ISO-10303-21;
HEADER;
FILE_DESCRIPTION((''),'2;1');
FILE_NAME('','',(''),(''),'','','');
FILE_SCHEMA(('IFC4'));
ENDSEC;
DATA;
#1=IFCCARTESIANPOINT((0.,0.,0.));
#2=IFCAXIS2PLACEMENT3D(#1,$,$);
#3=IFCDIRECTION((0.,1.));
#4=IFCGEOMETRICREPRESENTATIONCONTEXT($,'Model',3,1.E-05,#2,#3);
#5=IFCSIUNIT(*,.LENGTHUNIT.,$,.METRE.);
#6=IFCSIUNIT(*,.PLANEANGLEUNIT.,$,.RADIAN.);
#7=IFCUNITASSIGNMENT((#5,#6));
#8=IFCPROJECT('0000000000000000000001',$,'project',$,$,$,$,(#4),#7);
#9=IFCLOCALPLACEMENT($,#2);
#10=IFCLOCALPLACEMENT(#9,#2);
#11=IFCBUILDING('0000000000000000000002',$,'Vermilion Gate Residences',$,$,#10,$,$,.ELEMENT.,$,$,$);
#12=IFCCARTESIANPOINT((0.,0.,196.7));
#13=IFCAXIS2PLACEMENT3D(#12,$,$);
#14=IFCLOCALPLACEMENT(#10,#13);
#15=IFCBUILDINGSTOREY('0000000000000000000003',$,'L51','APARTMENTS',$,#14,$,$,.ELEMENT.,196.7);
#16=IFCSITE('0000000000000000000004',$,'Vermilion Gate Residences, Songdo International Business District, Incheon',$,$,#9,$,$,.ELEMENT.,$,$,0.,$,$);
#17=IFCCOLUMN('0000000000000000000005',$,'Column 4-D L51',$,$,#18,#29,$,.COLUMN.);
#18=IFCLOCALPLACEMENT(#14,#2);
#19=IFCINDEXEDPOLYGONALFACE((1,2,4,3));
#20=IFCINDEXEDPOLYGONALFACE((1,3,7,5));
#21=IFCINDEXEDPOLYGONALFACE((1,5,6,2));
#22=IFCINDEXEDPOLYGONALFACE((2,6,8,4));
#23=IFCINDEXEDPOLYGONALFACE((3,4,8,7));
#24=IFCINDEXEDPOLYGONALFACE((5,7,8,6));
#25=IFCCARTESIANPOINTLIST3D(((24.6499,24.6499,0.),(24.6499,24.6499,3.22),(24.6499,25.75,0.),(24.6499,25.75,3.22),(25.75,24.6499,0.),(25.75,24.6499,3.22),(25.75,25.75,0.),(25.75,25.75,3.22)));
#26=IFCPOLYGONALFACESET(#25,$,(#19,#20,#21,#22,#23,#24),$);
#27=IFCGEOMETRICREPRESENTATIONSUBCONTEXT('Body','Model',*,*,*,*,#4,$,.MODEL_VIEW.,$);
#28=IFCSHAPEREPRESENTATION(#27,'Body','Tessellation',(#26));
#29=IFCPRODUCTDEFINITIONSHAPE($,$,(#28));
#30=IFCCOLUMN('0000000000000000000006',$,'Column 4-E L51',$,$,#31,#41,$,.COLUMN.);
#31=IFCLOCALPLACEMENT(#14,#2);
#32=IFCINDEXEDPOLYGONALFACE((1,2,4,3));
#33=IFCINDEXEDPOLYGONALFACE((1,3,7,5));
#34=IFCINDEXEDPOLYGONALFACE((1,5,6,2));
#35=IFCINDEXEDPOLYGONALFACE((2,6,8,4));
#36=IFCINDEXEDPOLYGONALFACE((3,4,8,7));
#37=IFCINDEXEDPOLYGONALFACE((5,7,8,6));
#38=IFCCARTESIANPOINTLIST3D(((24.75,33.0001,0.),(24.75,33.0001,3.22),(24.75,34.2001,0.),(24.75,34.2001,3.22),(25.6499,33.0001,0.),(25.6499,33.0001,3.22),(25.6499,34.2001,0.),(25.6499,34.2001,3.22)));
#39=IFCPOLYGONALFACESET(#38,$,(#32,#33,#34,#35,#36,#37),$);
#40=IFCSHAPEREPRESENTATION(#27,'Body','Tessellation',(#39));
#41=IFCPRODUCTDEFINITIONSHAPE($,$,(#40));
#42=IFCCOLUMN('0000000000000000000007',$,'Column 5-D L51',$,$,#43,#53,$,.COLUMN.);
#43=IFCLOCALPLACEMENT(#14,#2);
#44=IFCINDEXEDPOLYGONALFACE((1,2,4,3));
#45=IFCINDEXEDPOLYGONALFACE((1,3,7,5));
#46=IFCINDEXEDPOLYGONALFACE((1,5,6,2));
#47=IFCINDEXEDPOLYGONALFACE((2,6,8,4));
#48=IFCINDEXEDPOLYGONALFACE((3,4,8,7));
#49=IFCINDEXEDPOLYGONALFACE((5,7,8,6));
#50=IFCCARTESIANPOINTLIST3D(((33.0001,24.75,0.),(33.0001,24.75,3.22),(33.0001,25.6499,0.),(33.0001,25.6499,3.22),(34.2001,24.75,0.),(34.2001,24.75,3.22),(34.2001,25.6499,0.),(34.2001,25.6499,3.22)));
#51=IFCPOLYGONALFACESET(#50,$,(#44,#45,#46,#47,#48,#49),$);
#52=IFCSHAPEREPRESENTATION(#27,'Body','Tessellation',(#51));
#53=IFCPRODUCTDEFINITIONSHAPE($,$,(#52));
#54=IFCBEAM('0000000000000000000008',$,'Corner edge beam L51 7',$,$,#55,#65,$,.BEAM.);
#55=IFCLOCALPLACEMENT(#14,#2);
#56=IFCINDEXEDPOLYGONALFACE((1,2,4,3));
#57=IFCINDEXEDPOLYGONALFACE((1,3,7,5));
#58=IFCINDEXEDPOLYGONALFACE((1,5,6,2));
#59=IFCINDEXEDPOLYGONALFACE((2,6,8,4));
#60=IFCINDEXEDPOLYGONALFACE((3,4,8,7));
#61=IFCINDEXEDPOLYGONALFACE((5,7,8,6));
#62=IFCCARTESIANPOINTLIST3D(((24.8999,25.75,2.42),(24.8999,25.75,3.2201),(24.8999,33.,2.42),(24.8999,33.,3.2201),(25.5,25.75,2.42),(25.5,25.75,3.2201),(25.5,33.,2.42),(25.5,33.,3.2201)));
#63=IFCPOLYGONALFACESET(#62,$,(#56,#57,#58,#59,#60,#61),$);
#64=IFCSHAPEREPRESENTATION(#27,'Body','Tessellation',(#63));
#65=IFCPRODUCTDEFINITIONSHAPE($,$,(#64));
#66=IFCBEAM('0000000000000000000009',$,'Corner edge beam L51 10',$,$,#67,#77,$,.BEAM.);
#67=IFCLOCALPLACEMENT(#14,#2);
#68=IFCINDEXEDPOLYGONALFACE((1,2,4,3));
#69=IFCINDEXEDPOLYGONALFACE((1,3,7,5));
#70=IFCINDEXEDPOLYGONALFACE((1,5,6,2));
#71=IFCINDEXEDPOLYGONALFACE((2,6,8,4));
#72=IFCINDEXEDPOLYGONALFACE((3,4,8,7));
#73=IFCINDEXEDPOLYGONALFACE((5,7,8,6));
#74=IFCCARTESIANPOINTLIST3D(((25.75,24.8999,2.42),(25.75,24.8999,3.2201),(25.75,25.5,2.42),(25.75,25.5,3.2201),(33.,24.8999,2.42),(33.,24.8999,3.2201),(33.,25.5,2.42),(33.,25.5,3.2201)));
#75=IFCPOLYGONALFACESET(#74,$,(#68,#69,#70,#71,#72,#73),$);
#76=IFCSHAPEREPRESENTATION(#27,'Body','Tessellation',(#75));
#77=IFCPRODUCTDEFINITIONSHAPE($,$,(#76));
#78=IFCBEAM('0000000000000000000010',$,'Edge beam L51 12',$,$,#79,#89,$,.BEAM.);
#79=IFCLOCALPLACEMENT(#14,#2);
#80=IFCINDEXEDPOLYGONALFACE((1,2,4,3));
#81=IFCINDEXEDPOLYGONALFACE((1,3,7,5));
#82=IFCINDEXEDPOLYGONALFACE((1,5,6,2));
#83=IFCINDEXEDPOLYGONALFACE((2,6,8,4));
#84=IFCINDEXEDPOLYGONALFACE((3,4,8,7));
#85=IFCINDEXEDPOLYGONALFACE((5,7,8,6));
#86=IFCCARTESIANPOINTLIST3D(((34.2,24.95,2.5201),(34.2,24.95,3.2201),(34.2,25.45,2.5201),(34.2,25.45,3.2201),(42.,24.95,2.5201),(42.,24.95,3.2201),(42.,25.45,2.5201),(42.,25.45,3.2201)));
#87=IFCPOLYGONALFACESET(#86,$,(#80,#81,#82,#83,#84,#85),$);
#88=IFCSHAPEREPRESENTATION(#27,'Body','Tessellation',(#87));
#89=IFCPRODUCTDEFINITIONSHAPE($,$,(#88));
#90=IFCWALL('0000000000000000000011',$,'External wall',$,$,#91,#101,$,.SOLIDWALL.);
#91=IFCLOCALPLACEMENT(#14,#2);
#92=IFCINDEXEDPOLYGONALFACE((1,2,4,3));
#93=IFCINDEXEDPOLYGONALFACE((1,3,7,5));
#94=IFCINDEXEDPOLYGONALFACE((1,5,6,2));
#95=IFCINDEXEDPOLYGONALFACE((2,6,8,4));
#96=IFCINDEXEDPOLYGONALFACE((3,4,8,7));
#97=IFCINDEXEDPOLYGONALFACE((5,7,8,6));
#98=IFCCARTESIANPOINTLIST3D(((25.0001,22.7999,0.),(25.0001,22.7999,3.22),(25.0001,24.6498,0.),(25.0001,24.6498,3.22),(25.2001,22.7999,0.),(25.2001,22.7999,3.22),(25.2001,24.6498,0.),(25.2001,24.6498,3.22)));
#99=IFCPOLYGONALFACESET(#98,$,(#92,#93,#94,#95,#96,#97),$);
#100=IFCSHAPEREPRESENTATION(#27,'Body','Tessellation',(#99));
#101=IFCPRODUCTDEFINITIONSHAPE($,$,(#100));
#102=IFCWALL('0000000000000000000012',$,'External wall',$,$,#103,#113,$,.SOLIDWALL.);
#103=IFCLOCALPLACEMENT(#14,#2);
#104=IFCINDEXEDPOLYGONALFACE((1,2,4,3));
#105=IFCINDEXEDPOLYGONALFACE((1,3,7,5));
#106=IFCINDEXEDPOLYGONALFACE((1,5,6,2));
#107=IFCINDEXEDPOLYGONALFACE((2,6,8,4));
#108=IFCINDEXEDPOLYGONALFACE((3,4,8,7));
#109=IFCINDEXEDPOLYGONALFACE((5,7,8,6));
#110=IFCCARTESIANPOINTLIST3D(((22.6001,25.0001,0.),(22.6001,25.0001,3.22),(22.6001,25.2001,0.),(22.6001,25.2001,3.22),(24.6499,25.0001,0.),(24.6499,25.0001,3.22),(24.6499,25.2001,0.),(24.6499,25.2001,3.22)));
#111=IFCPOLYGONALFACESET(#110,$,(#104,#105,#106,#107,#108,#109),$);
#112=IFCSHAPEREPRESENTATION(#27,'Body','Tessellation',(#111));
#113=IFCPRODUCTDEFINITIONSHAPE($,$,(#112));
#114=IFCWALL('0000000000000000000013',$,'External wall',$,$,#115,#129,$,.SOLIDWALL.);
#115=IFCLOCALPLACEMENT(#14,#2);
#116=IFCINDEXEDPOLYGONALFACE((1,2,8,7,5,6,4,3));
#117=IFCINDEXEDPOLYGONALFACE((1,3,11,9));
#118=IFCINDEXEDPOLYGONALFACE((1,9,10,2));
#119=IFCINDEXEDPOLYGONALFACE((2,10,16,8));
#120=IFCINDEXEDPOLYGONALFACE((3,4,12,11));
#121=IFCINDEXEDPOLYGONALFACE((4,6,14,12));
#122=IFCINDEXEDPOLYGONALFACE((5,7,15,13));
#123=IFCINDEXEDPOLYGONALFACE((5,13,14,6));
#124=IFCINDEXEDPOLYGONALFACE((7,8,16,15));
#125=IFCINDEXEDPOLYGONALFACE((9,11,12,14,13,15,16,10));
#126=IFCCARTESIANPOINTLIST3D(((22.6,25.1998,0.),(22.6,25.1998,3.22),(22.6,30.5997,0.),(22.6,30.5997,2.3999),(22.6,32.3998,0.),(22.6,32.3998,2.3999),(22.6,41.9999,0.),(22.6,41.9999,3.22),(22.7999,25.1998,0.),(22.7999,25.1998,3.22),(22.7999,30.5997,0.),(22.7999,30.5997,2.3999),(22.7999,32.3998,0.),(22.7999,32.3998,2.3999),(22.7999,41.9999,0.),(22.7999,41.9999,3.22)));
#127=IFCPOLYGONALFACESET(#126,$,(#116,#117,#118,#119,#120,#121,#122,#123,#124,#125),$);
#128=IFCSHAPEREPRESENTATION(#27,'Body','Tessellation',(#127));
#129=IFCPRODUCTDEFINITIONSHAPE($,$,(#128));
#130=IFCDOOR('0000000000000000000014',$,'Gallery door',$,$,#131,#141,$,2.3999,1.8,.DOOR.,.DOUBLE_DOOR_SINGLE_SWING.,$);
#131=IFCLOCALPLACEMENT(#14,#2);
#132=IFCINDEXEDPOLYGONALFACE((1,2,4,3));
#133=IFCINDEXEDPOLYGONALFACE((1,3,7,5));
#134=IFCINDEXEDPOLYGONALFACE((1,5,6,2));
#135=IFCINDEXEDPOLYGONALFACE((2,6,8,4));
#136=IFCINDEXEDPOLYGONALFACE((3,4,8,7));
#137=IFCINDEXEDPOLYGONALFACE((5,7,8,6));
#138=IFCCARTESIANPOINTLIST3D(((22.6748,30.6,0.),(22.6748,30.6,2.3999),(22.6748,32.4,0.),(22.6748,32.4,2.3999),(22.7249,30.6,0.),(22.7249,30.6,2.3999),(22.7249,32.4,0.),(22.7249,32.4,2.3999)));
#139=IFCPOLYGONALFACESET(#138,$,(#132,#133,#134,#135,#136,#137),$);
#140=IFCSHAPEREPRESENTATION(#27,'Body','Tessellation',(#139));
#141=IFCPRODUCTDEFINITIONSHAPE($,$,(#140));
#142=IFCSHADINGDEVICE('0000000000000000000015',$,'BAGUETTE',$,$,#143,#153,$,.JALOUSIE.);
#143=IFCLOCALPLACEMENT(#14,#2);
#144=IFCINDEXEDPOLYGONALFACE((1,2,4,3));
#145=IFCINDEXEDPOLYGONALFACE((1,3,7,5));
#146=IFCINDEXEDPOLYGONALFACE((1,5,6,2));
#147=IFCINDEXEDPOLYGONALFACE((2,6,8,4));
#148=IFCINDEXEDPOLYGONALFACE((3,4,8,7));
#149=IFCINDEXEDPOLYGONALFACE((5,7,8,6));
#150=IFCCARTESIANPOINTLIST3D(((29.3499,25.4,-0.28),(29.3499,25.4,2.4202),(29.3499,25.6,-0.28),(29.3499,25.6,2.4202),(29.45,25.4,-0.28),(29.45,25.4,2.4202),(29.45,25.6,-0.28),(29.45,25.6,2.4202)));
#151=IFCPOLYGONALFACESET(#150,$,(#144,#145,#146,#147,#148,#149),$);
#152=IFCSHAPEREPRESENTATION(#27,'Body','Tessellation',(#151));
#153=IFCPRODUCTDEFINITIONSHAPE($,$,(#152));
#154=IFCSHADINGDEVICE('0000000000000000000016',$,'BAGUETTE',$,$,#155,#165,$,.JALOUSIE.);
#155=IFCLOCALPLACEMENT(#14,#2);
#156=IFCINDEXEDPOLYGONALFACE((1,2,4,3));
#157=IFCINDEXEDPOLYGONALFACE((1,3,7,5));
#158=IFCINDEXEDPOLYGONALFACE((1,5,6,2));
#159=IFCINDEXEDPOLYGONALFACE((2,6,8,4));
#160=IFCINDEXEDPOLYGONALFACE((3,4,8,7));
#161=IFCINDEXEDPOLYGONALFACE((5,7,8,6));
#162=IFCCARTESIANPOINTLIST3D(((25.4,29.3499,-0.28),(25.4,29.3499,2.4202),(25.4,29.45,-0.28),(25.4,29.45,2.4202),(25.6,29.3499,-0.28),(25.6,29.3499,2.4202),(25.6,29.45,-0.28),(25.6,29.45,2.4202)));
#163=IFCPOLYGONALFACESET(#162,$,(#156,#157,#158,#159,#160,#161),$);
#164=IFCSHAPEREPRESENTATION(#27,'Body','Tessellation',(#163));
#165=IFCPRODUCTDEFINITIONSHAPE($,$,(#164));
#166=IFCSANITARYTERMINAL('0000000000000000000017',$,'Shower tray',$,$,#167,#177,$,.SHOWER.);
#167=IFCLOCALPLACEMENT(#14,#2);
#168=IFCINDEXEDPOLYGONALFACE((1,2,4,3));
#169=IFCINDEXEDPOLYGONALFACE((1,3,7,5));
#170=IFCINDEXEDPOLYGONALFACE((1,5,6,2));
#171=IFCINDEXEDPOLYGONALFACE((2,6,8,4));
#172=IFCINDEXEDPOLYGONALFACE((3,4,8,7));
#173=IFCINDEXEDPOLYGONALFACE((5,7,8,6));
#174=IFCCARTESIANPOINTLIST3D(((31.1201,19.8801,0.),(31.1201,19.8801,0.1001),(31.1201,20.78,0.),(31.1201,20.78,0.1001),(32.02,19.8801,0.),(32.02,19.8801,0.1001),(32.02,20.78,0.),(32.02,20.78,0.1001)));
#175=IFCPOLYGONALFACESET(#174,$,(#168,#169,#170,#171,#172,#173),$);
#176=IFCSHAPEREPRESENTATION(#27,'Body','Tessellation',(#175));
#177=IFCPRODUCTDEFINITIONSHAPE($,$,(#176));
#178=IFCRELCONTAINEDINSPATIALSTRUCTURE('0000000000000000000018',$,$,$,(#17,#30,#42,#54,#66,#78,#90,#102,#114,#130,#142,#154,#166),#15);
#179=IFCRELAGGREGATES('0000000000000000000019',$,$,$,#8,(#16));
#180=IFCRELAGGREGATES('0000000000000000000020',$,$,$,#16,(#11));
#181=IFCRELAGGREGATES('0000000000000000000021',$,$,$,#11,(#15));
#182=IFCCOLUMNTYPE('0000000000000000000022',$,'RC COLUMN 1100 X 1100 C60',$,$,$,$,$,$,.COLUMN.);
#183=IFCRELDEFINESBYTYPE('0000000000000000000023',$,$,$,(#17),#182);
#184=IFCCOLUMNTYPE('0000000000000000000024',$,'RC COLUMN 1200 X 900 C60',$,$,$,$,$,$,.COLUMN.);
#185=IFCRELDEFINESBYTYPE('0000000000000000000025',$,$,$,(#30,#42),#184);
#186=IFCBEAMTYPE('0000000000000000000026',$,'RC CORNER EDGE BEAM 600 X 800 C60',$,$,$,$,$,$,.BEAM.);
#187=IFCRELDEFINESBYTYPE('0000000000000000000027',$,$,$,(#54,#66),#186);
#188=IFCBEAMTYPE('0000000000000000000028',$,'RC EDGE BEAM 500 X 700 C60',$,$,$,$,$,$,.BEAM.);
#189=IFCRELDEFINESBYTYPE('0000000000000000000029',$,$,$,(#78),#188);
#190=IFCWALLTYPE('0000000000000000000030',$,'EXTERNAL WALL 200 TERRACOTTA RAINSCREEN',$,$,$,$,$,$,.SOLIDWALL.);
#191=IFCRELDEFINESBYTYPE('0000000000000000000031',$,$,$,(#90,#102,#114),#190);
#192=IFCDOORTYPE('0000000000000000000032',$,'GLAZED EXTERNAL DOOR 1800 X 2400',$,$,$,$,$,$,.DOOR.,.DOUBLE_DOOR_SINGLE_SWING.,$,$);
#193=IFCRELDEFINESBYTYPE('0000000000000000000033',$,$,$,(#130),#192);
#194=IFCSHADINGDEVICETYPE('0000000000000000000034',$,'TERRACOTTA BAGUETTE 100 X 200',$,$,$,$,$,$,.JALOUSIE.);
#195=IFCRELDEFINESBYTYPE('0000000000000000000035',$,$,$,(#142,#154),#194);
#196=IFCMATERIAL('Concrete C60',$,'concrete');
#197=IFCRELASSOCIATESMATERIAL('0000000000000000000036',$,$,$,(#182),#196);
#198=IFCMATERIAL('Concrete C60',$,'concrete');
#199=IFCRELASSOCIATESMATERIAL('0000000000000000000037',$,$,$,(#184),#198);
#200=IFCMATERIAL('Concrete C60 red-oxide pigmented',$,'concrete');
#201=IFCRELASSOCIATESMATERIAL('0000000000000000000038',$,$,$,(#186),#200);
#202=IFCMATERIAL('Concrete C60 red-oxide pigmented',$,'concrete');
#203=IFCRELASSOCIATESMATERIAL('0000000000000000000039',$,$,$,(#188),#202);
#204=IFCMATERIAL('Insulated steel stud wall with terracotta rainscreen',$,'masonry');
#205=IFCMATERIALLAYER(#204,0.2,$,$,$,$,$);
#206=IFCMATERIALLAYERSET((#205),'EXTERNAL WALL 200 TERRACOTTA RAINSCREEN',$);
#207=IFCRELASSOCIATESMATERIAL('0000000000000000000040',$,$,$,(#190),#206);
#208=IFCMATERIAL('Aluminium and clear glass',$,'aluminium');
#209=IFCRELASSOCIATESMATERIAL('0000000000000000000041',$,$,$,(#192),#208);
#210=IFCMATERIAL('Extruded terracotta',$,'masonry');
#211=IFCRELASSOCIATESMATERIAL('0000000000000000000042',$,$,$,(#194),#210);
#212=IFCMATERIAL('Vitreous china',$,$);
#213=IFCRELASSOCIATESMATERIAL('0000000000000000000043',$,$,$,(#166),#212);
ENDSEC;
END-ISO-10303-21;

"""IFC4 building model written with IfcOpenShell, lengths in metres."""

from ifc_helpers import new_model, si_unit, direction, frame, frame_2d, origin, origin_2d, place, context, subcontext, project, spatial, rectangle, extrude, material, layer, layer_set, material_profile, profile_set, type_object, element, fill, save


model = new_model("IFC4")

# Units and contexts
model_context = context("Model", 3, precision=1e-05, world=origin(), true_north=direction((0.0, 1.0)))
body_context = subcontext(model_context, "Body", "Model", "MODEL_VIEW")
ifc_project = project(units=[si_unit("LENGTHUNIT", "METRE"), si_unit("PLANEANGLEUNIT", "RADIAN")], contexts=[model_context])

# Site, building, storey
site_placement = place(None, origin())
site = spatial("IfcSite", under=ifc_project, at=site_placement, Name="Vermilion Gate Residences, Songdo International Business District, Incheon", CompositionType="ELEMENT", RefElevation=0.0)
building_placement = place(site_placement, origin())
building = spatial("IfcBuilding", under=site, at=building_placement, Name="Vermilion Gate Residences", CompositionType="ELEMENT")
storey_placement = place(building_placement, frame((0.0, 0.0, 196.7)))
storey = spatial("IfcBuildingStorey", under=building, at=storey_placement, Name="L51", Description="APARTMENTS", CompositionType="ELEMENT", Elevation=196.7)

# Columns
ifc_material_1 = material(Name="Concrete C60", Category="concrete")
ifc_material_profile_1 = material_profile(ifc_material_1, rectangle(XDim=1.1001, YDim=1.1001, at=origin_2d()), Name="RC-1100x1100")
ifc_profile_set_1 = profile_set([ifc_material_profile_1], Name="Concrete C60")
column_type_1 = type_object("IfcColumnType", Name="RC COLUMN 1100 X 1100 C60", PredefinedType="COLUMN", material=ifc_profile_set_1)
column_placement = place(storey_placement, frame((25.2, 25.2, 0.0), z_axis=(0.0, 0.0, 1.0), x_axis=(1.0, 0.0, 0.0)))
element("IfcColumn", 1, at=column_placement, inside=storey, type_object=column_type_1, Name="Column 4-D L51", PredefinedType="COLUMN", context=body_context, shape_type="SweptSolid", body=[
    extrude(rectangle(XDim=1.1001, YDim=1.1001, at=origin_2d()), origin(), (0.0, 0.0, 1.0), 3.22),
])
ifc_material_2 = material(Name="Concrete C60", Category="concrete")
ifc_material_profile_2 = material_profile(ifc_material_2, rectangle(XDim=1.2, YDim=0.8999, at=origin_2d()), Name="RC-1200x900")
ifc_profile_set_2 = profile_set([ifc_material_profile_2], Name="Concrete C60")
column_type_2 = type_object("IfcColumnType", Name="RC COLUMN 1200 X 900 C60", PredefinedType="COLUMN", material=ifc_profile_set_2)
for number, where, z_axis, x_axis, name in (
    (2, (25.2, 33.6001, 0.0), (0.0, 0.0, 1.0), (0.0, 1.0, 0.0), "Column 4-E L51"),
    (3, (33.6001, 25.2, 0.0), (0.0, 0.0, 1.0), (1.0, 0.0, 0.0), "Column 5-D L51"),
):
    element("IfcColumn", number, at=place(storey_placement, frame(where, z_axis=z_axis, x_axis=x_axis)), inside=storey, type_object=column_type_2, Name=name, PredefinedType="COLUMN", context=body_context, shape_type="SweptSolid", body=[
        extrude(rectangle(XDim=1.2, YDim=0.8999, at=origin_2d()), origin(), (0.0, 0.0, 1.0), 3.22),
    ])

# Beams
ifc_material_3 = material(Name="Concrete C60 red-oxide pigmented", Category="concrete")
ifc_material_profile_3 = material_profile(ifc_material_3, rectangle(XDim=0.6001, YDim=0.8, at=origin_2d()), Name="RC-600x800")
ifc_profile_set_3 = profile_set([ifc_material_profile_3], Name="Concrete C60 red-oxide pigmented")
beam_type_1 = type_object("IfcBeamType", Name="RC CORNER EDGE BEAM 600 X 800 C60", PredefinedType="BEAM", material=ifc_profile_set_3)
for number, where, z_axis, x_axis, name in (
    (4, (25.2, 25.75, 2.8201), (0.0, 1.0, 0.0), (-1.0, 0.0, 0.0), "Corner edge beam L51 7"),
    (5, (25.75, 25.2, 2.8201), (1.0, 0.0, 0.0), (0.0, 1.0, 0.0), "Corner edge beam L51 10"),
):
    element("IfcBeam", number, at=place(storey_placement, frame(where, z_axis=z_axis, x_axis=x_axis)), inside=storey, type_object=beam_type_1, Name=name, PredefinedType="BEAM", context=body_context, shape_type="SweptSolid", body=[
        extrude(rectangle(XDim=0.6001, YDim=0.8, at=origin_2d()), origin(), (0.0, 0.0, 1.0), 7.25),
    ])
ifc_material_4 = material(Name="Concrete C60 red-oxide pigmented", Category="concrete")
ifc_material_profile_4 = material_profile(ifc_material_4, rectangle(XDim=0.5, YDim=0.7, at=origin_2d()), Name="RC-500x700")
ifc_profile_set_4 = profile_set([ifc_material_profile_4], Name="Concrete C60 red-oxide pigmented")
beam_type_2 = type_object("IfcBeamType", Name="RC EDGE BEAM 500 X 700 C60", PredefinedType="BEAM", material=ifc_profile_set_4)
beam_placement = place(storey_placement, frame((34.2, 25.2, 2.8701), z_axis=(1.0, 0.0, 0.0), x_axis=(0.0, 1.0, 0.0)))
element("IfcBeam", 6, at=beam_placement, inside=storey, type_object=beam_type_2, Name="Edge beam L51 12", PredefinedType="BEAM", context=body_context, shape_type="SweptSolid", body=[
    extrude(rectangle(XDim=0.5, YDim=0.7, at=origin_2d()), origin(), (0.0, 0.0, 1.0), 7.8),
])

# Walls
ifc_material_5 = material(Name="Insulated steel stud wall with terracotta rainscreen", Category="masonry")
ifc_layer = layer(ifc_material_5, 0.2)
ifc_layer_set = layer_set([ifc_layer], Name="EXTERNAL WALL 200 TERRACOTTA RAINSCREEN")
wall_type = type_object("IfcWallType", Name="EXTERNAL WALL 200 TERRACOTTA RAINSCREEN", PredefinedType="SOLIDWALL", material=ifc_layer_set)
wall_1_placement = place(storey_placement, frame((25.1001, 22.8, 0.0), z_axis=(0.0, 0.0, 1.0), x_axis=(0.0, 1.0, 0.0)))
element("IfcWall", 7, at=wall_1_placement, inside=storey, type_object=wall_type, Name="External wall", PredefinedType="SOLIDWALL", context=body_context, shape_type="SweptSolid", body=[
    extrude(rectangle(XDim=1.8499, YDim=0.2, at=frame_2d((0.9248, 0.0))), origin(), (0.0, 0.0, 1.0), 3.22),
])
wall_2_placement = place(storey_placement, frame((24.6499, 25.1001, 0.0), z_axis=(0.0, 0.0, 1.0), x_axis=(-1.0, 0.0, 0.0)))
element("IfcWall", 8, at=wall_2_placement, inside=storey, type_object=wall_type, Name="External wall", PredefinedType="SOLIDWALL", context=body_context, shape_type="SweptSolid", body=[
    extrude(rectangle(XDim=2.0498, YDim=0.2, at=frame_2d((1.0249, 0.0))), origin(), (0.0, 0.0, 1.0), 3.22),
])

# Wall, opening, door
wall_3_placement = place(storey_placement, frame((22.7, 25.2, 0.0), z_axis=(0.0, 0.0, 1.0), x_axis=(0.0, 1.0, 0.0)))
wall_3 = element("IfcWall", 9, at=wall_3_placement, inside=storey, type_object=wall_type, Name="External wall", PredefinedType="SOLIDWALL", context=body_context, shape_type="SweptSolid", body=[
    extrude(rectangle(XDim=16.8, YDim=0.2, at=frame_2d((8.3999, 0.0))), origin(), (0.0, 0.0, 1.0), 3.22),
])
opening_placement = place(wall_3_placement, frame((5.3999, 0.0, 0.0)))
opening = element("IfcOpeningElement", 10, at=opening_placement, cuts=wall_3, PredefinedType="OPENING", context=body_context, shape_type="SweptSolid", body=[
    extrude(rectangle(XDim=1.8, YDim=2.3999, at=frame_2d((0.8999, 1.2))), frame((0.0, 0.1099, 0.0), z_axis=(0.0, -1.0, 0.0), x_axis=(1.0, 0.0, 0.0)), (0.0, 0.0, 1.0), 0.22),
])
ifc_material_6 = material(Name="Aluminium and clear glass", Category="aluminium")
door_type = type_object("IfcDoorType", Name="GLAZED EXTERNAL DOOR 1800 X 2400", OperationType="DOUBLE_DOOR_SINGLE_SWING", PredefinedType="DOOR", material=ifc_material_6)
door_placement = place(opening_placement, frame((1.8, 0.0, 0.0), z_axis=(0.0, 0.0, 1.0), x_axis=(-1.0, 0.0, 0.0)))
door = element("IfcDoor", 11, at=door_placement, inside=storey, type_object=door_type, Name="Gallery door", OperationType="DOUBLE_DOOR_SINGLE_SWING", OverallHeight=2.3999, OverallWidth=1.8, PredefinedType="DOOR", context=body_context, shape_type="SweptSolid", body=[
    extrude(rectangle(XDim=1.8, YDim=2.3999, at=frame_2d((0.8999, 1.2))), frame((0.0, 0.0249, 0.0), z_axis=(0.0, -1.0, 0.0), x_axis=(1.0, 0.0, 0.0)), (0.0, 0.0, 1.0), 0.05),
])
fill(opening, door)

# Shading devices
ifc_material_7 = material(Name="Extruded terracotta", Category="masonry")
ifc_material_profile_5 = material_profile(ifc_material_7, rectangle(XDim=0.2, YDim=0.1001, at=origin_2d()), Name="BAGUETTE 100 X 200")
ifc_profile_set_5 = profile_set([ifc_material_profile_5], Name="Extruded terracotta")
shading_device_type = type_object("IfcShadingDeviceType", Name="TERRACOTTA BAGUETTE 100 X 200", PredefinedType="JALOUSIE", material=ifc_profile_set_5)
for number, where, z_axis, x_axis, name in (
    (12, (29.3999, 25.5, -0.28), (0.0, 0.0, 1.0), (0.0, -1.0, 0.0), "BAGUETTE"),
    (13, (25.5, 29.3999, -0.28), (0.0, 0.0, 1.0), (-1.0, 0.0, 0.0), "BAGUETTE"),
):
    element("IfcShadingDevice", number, at=place(storey_placement, frame(where, z_axis=z_axis, x_axis=x_axis)), inside=storey, type_object=shading_device_type, Name=name, PredefinedType="JALOUSIE", context=body_context, shape_type="SweptSolid", body=[
        extrude(rectangle(XDim=0.2, YDim=0.1001, at=origin_2d()), origin(), (0.0, 0.0, 1.0), 2.7002),
    ])

# Sanitary terminal
ifc_material_8 = material(Name="Vitreous china")
sanitary_terminal_1_placement = place(storey_placement, frame((31.5701, 20.3301, 0.0), z_axis=(0.0, 0.0, 1.0), x_axis=(1.0, 0.0, 0.0)))
element("IfcSanitaryTerminal", 14, at=sanitary_terminal_1_placement, inside=storey, material=ifc_material_8, Name="Shower tray", PredefinedType="SHOWER", context=body_context, shape_type="SweptSolid", body=[
    extrude(rectangle(XDim=0.8999, YDim=0.8999, at=origin_2d()), origin(), (0.0, 0.0, 1.0), 0.1001),
])

save(model, "model.ifc")
